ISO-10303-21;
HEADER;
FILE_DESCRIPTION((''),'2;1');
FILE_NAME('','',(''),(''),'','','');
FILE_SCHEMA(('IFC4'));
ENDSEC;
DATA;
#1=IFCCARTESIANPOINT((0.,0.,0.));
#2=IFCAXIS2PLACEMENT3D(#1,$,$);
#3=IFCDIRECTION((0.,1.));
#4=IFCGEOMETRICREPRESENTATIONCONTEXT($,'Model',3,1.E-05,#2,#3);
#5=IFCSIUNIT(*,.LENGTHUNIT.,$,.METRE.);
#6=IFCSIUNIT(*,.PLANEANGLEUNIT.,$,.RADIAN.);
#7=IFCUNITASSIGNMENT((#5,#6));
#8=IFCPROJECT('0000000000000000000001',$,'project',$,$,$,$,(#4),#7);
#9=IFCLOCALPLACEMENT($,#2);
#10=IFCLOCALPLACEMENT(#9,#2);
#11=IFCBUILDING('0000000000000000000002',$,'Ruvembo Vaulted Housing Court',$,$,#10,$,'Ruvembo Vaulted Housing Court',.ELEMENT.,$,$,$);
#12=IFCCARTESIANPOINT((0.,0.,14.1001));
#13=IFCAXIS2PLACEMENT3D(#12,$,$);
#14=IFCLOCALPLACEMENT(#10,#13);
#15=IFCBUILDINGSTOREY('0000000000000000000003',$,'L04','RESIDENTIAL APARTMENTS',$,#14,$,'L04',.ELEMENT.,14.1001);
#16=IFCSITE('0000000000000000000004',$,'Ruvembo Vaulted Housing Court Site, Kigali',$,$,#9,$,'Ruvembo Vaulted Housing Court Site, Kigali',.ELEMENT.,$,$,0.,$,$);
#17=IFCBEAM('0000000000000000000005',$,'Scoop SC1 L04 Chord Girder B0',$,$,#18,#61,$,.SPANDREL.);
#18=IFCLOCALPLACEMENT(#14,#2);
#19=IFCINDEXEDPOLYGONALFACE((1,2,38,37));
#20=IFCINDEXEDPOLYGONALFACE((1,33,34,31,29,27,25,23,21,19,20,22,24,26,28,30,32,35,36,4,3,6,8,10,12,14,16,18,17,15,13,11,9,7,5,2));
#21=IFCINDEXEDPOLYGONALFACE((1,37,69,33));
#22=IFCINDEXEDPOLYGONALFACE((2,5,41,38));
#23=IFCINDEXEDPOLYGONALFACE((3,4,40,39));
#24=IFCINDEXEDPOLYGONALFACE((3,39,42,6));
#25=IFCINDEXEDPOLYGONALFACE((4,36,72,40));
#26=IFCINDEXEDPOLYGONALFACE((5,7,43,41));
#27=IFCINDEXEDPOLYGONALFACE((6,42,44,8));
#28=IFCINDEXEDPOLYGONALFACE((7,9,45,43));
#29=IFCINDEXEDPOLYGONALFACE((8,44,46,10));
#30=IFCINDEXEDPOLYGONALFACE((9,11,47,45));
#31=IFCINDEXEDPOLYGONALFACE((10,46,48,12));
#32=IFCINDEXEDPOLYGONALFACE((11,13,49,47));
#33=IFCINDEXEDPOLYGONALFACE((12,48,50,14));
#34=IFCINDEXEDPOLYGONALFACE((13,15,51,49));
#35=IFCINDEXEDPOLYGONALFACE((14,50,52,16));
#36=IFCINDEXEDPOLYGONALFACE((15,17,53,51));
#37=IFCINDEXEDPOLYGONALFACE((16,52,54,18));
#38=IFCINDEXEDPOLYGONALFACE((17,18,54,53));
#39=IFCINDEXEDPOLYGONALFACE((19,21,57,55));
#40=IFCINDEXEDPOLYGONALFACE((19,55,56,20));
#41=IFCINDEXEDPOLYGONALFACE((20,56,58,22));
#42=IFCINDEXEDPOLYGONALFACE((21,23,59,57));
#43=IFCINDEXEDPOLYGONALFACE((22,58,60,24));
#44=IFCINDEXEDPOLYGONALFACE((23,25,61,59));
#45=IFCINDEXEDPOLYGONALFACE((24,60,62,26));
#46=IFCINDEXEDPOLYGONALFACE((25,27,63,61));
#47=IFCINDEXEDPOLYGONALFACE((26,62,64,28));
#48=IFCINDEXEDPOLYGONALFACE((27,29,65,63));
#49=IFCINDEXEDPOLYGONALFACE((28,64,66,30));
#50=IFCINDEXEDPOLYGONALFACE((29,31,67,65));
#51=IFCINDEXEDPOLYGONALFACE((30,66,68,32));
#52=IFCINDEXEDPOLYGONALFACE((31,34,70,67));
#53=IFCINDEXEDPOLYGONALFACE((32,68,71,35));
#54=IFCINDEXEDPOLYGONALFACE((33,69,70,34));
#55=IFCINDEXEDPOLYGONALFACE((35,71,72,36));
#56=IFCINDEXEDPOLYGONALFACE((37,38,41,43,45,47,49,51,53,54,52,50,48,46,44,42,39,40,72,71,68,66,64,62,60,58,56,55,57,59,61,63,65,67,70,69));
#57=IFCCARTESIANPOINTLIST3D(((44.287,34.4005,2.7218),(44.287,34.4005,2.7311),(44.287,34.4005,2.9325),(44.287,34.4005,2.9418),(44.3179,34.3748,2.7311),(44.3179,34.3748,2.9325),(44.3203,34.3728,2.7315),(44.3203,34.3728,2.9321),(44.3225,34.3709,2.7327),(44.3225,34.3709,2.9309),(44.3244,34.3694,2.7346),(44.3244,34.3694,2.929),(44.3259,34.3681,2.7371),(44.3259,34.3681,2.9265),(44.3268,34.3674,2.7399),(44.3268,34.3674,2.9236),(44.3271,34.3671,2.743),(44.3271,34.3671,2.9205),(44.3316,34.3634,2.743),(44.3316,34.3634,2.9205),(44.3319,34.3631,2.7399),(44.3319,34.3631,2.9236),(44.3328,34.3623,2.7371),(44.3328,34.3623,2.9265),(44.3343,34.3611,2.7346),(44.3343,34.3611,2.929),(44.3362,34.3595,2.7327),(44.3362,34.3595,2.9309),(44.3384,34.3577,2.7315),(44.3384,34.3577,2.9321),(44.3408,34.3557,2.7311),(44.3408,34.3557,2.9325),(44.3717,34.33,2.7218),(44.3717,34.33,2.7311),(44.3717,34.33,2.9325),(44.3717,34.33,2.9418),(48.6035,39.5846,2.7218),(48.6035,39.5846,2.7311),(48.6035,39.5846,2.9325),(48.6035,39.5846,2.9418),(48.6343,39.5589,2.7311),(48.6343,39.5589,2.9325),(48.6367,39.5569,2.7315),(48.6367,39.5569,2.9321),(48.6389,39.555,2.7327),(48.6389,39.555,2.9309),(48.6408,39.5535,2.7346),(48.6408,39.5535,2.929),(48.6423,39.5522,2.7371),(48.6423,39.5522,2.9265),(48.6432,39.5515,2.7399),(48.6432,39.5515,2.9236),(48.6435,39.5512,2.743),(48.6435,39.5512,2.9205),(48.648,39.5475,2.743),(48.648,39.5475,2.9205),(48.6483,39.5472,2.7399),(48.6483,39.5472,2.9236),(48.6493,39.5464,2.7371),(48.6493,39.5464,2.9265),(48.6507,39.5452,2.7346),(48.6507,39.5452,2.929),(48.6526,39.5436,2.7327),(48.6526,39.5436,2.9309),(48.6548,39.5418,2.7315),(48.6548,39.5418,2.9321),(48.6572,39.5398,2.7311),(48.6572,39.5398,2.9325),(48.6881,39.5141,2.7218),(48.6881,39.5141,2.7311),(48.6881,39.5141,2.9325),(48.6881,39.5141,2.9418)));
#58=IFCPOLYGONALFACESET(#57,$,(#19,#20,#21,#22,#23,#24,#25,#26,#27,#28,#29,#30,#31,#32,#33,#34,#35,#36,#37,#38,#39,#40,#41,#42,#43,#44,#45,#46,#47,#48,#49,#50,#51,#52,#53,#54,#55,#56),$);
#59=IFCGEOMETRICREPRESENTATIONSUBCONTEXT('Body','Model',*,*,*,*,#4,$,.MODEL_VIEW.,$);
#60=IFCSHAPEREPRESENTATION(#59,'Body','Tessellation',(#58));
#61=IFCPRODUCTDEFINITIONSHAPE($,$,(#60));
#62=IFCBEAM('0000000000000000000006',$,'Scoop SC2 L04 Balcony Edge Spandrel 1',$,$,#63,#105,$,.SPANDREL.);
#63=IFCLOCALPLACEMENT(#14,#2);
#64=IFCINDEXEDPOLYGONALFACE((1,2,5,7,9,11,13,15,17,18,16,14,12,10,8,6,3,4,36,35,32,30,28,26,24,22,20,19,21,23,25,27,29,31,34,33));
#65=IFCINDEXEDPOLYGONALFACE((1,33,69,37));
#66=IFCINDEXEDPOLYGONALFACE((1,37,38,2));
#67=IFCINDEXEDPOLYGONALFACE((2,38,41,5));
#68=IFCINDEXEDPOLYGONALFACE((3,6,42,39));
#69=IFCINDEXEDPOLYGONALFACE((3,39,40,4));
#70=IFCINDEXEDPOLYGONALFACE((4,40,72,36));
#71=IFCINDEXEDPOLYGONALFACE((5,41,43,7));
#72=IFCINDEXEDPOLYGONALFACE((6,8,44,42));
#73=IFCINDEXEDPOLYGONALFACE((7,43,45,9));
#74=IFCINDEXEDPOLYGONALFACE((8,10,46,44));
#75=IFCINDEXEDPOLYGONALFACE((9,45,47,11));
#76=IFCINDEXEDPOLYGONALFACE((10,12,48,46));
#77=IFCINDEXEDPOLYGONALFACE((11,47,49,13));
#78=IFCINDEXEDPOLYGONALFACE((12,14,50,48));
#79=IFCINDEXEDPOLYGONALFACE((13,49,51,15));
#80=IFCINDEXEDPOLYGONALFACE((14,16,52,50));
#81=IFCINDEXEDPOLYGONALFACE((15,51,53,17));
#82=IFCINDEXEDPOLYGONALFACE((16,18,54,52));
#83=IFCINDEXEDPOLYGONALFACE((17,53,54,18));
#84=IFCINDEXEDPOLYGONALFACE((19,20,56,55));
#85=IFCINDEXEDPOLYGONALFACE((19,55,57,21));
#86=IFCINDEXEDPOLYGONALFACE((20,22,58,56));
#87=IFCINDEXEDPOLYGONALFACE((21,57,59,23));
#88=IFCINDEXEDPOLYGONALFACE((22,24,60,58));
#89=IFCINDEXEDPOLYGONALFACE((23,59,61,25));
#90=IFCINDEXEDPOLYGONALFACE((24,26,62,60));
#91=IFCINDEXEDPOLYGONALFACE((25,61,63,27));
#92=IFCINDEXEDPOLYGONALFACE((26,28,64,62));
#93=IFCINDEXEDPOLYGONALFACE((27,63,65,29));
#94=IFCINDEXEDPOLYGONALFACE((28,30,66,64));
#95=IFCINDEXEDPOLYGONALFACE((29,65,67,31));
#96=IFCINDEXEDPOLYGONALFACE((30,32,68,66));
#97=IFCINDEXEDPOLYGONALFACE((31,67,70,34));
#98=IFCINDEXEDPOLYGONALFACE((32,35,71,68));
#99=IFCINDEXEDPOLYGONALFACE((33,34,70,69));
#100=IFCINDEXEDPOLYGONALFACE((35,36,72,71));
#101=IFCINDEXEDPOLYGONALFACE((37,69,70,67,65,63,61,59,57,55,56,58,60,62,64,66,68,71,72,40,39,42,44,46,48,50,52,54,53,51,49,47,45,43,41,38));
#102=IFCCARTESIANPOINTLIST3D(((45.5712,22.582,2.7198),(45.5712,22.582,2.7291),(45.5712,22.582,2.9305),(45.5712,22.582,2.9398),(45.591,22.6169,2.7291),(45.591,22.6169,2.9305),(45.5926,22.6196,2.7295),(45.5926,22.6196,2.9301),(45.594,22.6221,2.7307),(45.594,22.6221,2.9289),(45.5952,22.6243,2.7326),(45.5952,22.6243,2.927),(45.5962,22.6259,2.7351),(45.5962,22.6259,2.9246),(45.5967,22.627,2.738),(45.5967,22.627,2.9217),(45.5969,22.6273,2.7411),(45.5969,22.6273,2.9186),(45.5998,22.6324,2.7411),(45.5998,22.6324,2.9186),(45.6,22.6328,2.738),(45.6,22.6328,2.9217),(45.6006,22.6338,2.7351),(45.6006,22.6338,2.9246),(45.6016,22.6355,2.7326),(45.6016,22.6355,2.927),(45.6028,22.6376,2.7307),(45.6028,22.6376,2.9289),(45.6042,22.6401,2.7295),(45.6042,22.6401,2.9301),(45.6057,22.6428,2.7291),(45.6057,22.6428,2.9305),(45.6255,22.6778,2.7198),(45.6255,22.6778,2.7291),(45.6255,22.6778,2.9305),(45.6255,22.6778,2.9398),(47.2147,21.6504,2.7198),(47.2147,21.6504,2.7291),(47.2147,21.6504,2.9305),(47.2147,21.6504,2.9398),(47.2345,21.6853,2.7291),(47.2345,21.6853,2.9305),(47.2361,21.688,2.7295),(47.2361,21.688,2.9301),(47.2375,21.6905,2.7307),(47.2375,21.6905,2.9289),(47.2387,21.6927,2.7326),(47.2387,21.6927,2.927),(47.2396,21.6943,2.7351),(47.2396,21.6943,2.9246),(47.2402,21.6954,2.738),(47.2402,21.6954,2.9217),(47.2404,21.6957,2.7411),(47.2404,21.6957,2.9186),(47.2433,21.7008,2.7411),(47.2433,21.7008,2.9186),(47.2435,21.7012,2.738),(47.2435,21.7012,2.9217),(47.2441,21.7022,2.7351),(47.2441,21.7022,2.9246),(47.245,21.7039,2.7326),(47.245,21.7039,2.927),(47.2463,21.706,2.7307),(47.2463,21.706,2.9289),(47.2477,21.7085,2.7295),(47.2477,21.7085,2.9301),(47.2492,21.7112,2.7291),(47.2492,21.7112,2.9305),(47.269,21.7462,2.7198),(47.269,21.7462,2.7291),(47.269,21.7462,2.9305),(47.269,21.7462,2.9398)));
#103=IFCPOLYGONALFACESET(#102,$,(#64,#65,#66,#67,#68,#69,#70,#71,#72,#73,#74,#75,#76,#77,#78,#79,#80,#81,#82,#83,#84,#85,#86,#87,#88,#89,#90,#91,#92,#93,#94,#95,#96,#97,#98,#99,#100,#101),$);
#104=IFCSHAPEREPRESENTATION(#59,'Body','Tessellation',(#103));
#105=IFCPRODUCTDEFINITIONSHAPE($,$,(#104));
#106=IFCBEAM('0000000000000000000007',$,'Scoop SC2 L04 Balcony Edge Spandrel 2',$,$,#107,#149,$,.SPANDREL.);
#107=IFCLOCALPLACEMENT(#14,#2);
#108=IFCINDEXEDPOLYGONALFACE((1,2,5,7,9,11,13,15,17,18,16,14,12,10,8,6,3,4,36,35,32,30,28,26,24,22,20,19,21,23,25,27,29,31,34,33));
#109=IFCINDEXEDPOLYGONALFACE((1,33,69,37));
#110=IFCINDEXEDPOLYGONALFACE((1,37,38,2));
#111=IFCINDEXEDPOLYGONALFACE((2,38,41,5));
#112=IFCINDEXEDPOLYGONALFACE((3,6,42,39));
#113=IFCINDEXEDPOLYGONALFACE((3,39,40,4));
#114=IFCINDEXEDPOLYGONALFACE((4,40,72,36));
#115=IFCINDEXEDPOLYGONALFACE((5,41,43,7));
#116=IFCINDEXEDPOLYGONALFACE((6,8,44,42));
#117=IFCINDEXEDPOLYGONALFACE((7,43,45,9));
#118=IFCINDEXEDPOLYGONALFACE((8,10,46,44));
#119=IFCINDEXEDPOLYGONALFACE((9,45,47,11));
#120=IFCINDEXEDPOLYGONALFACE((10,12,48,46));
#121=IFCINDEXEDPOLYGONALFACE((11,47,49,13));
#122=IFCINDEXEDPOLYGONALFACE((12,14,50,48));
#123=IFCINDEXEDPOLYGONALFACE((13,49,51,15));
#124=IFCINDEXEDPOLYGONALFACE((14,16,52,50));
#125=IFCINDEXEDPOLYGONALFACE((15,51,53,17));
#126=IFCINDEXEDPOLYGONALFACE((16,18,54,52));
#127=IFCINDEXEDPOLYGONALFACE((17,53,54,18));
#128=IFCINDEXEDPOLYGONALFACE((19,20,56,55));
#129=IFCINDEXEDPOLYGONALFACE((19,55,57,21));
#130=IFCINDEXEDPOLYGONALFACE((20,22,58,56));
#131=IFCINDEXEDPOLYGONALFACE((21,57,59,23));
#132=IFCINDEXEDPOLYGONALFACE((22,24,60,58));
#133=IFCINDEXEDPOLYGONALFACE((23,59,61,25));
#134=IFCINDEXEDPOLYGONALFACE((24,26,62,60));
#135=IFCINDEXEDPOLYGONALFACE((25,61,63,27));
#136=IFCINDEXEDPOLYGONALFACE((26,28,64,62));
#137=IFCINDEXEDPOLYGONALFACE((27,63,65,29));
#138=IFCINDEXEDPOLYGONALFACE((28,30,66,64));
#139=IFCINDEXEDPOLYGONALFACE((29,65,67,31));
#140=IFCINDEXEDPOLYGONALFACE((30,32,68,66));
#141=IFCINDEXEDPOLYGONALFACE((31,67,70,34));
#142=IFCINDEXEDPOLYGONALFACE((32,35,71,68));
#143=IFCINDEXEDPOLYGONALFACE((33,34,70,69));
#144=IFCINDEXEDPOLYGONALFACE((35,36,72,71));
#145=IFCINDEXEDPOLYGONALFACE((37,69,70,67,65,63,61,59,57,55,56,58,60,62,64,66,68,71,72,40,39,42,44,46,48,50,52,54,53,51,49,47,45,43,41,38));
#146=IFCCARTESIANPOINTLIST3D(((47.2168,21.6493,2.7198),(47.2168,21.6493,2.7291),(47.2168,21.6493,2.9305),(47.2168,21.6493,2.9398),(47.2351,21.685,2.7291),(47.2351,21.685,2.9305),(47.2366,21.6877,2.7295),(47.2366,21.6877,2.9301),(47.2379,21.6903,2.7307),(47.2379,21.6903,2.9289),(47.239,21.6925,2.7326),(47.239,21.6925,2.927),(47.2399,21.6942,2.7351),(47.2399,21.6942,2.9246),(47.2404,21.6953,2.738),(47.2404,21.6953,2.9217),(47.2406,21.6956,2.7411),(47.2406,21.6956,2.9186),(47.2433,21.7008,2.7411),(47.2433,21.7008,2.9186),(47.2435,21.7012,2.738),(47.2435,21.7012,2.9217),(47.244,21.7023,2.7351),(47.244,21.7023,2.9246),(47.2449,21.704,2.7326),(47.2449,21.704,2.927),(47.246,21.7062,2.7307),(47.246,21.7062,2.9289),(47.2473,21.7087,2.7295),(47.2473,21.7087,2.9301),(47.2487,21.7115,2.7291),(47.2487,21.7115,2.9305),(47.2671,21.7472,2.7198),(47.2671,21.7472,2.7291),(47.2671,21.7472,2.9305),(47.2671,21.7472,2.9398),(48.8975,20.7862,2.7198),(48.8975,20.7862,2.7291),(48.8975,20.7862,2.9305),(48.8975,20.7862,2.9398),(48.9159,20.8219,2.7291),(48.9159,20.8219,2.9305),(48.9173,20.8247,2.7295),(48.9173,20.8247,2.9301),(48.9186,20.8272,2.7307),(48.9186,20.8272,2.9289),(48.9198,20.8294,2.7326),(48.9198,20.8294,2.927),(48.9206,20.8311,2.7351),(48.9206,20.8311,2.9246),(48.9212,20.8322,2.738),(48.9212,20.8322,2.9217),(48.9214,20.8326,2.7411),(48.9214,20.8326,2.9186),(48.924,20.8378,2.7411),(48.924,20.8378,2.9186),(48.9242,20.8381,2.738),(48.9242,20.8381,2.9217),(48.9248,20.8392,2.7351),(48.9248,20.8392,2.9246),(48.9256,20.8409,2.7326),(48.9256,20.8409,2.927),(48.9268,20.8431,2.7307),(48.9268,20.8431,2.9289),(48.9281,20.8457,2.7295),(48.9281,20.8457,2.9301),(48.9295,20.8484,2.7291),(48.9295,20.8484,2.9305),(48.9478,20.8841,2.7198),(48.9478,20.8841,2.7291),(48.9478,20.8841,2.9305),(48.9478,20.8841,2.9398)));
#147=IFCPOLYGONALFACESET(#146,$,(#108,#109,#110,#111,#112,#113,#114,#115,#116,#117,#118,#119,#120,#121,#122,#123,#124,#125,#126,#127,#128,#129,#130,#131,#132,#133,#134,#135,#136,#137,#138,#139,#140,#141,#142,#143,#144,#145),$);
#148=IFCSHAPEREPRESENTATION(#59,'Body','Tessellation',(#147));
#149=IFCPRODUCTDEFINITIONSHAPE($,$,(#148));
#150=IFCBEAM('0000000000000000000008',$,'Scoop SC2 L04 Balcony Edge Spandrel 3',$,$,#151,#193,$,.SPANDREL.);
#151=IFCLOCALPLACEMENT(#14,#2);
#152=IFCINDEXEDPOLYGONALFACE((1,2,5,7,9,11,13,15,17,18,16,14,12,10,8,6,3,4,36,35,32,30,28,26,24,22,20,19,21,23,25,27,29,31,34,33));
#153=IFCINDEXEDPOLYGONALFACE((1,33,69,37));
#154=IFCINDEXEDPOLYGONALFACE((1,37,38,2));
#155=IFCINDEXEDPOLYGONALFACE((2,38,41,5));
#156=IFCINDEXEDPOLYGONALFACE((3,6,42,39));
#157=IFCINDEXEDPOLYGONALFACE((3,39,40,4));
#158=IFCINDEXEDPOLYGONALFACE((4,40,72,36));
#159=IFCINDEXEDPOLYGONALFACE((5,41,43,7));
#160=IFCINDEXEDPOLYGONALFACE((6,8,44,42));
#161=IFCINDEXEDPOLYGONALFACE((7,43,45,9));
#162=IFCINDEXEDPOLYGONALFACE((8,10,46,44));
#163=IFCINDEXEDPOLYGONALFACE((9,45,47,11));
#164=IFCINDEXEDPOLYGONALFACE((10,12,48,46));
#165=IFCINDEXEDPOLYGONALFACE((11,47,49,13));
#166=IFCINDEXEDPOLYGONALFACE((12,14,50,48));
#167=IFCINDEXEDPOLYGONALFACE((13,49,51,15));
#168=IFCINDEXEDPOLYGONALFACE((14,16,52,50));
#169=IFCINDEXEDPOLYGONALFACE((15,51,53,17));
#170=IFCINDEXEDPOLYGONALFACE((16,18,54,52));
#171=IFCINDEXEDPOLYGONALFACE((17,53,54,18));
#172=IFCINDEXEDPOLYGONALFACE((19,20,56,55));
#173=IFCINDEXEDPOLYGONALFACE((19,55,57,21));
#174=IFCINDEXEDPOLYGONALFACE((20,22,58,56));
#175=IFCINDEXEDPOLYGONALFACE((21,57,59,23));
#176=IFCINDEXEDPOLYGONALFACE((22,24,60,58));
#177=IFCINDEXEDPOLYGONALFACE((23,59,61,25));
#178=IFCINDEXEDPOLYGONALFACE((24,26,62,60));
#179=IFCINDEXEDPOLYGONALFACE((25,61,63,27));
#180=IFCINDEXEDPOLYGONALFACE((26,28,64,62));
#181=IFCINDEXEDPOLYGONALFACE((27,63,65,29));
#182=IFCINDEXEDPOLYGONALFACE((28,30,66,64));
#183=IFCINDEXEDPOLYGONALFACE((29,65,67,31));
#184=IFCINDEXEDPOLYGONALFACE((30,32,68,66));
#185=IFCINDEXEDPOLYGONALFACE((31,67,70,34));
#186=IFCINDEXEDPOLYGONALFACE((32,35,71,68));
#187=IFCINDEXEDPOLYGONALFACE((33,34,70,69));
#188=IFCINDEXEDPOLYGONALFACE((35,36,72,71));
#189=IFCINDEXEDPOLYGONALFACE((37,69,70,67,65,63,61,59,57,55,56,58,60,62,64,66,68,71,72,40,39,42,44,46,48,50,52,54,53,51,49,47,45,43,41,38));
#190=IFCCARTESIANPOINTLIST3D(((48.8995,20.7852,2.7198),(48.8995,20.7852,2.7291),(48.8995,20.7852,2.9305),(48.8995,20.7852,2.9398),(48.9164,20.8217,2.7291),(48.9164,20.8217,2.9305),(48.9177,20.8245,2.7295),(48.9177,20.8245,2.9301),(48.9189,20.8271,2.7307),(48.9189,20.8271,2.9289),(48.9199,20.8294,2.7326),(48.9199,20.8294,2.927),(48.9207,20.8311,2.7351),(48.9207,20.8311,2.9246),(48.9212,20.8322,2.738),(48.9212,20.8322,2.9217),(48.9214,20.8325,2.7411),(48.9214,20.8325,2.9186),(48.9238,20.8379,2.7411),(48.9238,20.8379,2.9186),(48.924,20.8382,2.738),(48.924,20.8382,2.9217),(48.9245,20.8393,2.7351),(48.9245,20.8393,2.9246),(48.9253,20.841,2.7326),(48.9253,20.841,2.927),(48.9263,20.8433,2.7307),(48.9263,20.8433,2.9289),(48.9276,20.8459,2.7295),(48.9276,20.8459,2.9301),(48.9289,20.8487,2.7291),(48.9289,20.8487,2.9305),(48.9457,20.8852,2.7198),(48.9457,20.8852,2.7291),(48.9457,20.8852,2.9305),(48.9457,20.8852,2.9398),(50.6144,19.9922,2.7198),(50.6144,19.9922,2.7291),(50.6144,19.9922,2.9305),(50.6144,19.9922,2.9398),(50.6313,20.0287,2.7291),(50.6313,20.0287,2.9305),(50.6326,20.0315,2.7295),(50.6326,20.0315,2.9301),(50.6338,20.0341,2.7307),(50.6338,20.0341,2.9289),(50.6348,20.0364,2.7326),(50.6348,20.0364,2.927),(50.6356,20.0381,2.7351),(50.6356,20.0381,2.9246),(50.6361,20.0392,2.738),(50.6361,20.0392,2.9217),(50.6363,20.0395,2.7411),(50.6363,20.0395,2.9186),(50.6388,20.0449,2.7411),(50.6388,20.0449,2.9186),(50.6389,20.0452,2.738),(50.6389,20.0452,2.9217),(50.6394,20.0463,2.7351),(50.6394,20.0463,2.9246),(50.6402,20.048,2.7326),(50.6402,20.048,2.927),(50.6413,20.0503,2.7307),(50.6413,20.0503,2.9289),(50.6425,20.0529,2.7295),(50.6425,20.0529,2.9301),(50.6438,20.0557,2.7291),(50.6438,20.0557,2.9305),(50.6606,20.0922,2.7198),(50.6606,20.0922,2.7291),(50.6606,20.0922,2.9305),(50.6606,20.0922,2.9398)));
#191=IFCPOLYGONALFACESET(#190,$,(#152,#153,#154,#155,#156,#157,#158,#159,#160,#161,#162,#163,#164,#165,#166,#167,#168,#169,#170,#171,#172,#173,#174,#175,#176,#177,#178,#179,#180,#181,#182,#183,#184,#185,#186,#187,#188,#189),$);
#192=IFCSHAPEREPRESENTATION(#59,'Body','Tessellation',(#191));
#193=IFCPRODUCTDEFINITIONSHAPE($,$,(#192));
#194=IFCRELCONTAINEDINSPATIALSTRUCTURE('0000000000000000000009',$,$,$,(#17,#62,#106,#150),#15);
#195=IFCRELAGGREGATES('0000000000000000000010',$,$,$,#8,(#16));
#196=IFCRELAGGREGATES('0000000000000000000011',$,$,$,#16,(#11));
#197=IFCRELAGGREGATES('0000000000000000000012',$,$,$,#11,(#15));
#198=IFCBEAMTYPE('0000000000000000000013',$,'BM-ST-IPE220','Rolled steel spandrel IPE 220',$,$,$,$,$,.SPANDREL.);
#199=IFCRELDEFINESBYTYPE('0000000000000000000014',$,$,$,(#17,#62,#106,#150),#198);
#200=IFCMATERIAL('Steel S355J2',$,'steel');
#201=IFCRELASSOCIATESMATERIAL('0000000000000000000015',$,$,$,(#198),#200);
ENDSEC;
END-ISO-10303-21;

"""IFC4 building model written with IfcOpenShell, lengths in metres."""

from ifc_helpers import new_model, si_unit, direction, frame, origin, origin_2d, place, context, subcontext, project, spatial, i_section, extrude, material, material_profile, profile_set, type_object, element, save


model = new_model("IFC4")

# Units and contexts
model_context = context("Model", 3, precision=1e-05, world=origin(), true_north=direction((0.0, 1.0)))
body_context = subcontext(model_context, "Body", "Model", "MODEL_VIEW")
ifc_project = project(units=[si_unit("LENGTHUNIT", "METRE"), si_unit("PLANEANGLEUNIT", "RADIAN")], contexts=[model_context])

# Site, building, storey
site_placement = place(None, origin())
site = spatial("IfcSite", under=ifc_project, at=site_placement, Name="Ruvembo Vaulted Housing Court Site, Kigali", LongName="Ruvembo Vaulted Housing Court Site, Kigali", CompositionType="ELEMENT", RefElevation=0.0)
building_placement = place(site_placement, origin())
building = spatial("IfcBuilding", under=site, at=building_placement, Name="Ruvembo Vaulted Housing Court", LongName="Ruvembo Vaulted Housing Court", CompositionType="ELEMENT")
storey_placement = place(building_placement, frame((0.0, 0.0, 14.1001)))
storey = spatial("IfcBuildingStorey", under=building, at=storey_placement, Name="L04", Description="RESIDENTIAL APARTMENTS", LongName="L04", CompositionType="ELEMENT", Elevation=14.1001)

# Beams
ifc_material_1 = material(Name="Steel S355J2", Category="steel")
ifc_material_profile_1 = material_profile(ifc_material_1, i_section(OverallWidth=0.1101, OverallDepth=0.22, WebThickness=0.0059, FlangeThickness=0.0093, FilletRadius=0.012, at=origin_2d()), Name="IPE 220")
ifc_profile_set_1 = profile_set([ifc_material_profile_1], Name="Steel S355J2")
beam_type = type_object("IfcBeamType", Name="BM-ST-IPE220", Description="Rolled steel spandrel IPE 220", PredefinedType="SPANDREL", material=ifc_profile_set_1)
beam_1_placement = place(storey_placement, frame((44.3293, 34.3652, 2.8318), z_axis=(0.639864, 0.768488, 0.0), x_axis=(-0.768488, 0.639864, 0.0)))
element("IfcBeam", 1, at=beam_1_placement, inside=storey, type_object=beam_type, Name="Scoop SC1 L04 Chord Girder B0", PredefinedType="SPANDREL", context=body_context, shape_type="SweptSolid", body=[
    extrude(i_section(OverallWidth=0.1101, OverallDepth=0.22, WebThickness=0.0059, FlangeThickness=0.0093, FilletRadius=0.012, at=origin_2d()), origin(), (0.0, 0.0, 1.0), 6.7458),
])
beam_2_placement = place(storey_placement, frame((45.5984, 22.6299, 2.8298), z_axis=(0.869956, -0.49313, 0.0), x_axis=(0.49313, 0.869956, 0.0)))
element("IfcBeam", 2, at=beam_2_placement, inside=storey, type_object=beam_type, Name="Scoop SC2 L04 Balcony Edge Spandrel 1", PredefinedType="SPANDREL", context=body_context, shape_type="SweptSolid", body=[
    extrude(i_section(OverallWidth=0.1101, OverallDepth=0.22, WebThickness=0.0059, FlangeThickness=0.0093, FilletRadius=0.012, at=origin_2d()), origin(), (0.0, 0.0, 1.0), 1.8892),
])
for number, where, z_axis, x_axis, name in (
    (3, (47.2419, 21.6982, 2.8298), (0.889568, -0.456802, 0.0), (0.456802, 0.889568, 0.0), "Scoop SC2 L04 Balcony Edge Spandrel 2"),
    (4, (48.9226, 20.8352, 2.8298), (0.907657, -0.419714, 0.0), (0.419714, 0.907657, 0.0), "Scoop SC2 L04 Balcony Edge Spandrel 3"),
):
    element("IfcBeam", number, at=place(storey_placement, frame(where, z_axis=z_axis, x_axis=x_axis)), inside=storey, type_object=beam_type, Name=name, PredefinedType="SPANDREL", context=body_context, shape_type="SweptSolid", body=[
        extrude(i_section(OverallWidth=0.1101, OverallDepth=0.22, WebThickness=0.0059, FlangeThickness=0.0093, FilletRadius=0.012, at=origin_2d()), origin(), (0.0, 0.0, 1.0), 1.8894),
    ])

save(model, "model.ifc")
